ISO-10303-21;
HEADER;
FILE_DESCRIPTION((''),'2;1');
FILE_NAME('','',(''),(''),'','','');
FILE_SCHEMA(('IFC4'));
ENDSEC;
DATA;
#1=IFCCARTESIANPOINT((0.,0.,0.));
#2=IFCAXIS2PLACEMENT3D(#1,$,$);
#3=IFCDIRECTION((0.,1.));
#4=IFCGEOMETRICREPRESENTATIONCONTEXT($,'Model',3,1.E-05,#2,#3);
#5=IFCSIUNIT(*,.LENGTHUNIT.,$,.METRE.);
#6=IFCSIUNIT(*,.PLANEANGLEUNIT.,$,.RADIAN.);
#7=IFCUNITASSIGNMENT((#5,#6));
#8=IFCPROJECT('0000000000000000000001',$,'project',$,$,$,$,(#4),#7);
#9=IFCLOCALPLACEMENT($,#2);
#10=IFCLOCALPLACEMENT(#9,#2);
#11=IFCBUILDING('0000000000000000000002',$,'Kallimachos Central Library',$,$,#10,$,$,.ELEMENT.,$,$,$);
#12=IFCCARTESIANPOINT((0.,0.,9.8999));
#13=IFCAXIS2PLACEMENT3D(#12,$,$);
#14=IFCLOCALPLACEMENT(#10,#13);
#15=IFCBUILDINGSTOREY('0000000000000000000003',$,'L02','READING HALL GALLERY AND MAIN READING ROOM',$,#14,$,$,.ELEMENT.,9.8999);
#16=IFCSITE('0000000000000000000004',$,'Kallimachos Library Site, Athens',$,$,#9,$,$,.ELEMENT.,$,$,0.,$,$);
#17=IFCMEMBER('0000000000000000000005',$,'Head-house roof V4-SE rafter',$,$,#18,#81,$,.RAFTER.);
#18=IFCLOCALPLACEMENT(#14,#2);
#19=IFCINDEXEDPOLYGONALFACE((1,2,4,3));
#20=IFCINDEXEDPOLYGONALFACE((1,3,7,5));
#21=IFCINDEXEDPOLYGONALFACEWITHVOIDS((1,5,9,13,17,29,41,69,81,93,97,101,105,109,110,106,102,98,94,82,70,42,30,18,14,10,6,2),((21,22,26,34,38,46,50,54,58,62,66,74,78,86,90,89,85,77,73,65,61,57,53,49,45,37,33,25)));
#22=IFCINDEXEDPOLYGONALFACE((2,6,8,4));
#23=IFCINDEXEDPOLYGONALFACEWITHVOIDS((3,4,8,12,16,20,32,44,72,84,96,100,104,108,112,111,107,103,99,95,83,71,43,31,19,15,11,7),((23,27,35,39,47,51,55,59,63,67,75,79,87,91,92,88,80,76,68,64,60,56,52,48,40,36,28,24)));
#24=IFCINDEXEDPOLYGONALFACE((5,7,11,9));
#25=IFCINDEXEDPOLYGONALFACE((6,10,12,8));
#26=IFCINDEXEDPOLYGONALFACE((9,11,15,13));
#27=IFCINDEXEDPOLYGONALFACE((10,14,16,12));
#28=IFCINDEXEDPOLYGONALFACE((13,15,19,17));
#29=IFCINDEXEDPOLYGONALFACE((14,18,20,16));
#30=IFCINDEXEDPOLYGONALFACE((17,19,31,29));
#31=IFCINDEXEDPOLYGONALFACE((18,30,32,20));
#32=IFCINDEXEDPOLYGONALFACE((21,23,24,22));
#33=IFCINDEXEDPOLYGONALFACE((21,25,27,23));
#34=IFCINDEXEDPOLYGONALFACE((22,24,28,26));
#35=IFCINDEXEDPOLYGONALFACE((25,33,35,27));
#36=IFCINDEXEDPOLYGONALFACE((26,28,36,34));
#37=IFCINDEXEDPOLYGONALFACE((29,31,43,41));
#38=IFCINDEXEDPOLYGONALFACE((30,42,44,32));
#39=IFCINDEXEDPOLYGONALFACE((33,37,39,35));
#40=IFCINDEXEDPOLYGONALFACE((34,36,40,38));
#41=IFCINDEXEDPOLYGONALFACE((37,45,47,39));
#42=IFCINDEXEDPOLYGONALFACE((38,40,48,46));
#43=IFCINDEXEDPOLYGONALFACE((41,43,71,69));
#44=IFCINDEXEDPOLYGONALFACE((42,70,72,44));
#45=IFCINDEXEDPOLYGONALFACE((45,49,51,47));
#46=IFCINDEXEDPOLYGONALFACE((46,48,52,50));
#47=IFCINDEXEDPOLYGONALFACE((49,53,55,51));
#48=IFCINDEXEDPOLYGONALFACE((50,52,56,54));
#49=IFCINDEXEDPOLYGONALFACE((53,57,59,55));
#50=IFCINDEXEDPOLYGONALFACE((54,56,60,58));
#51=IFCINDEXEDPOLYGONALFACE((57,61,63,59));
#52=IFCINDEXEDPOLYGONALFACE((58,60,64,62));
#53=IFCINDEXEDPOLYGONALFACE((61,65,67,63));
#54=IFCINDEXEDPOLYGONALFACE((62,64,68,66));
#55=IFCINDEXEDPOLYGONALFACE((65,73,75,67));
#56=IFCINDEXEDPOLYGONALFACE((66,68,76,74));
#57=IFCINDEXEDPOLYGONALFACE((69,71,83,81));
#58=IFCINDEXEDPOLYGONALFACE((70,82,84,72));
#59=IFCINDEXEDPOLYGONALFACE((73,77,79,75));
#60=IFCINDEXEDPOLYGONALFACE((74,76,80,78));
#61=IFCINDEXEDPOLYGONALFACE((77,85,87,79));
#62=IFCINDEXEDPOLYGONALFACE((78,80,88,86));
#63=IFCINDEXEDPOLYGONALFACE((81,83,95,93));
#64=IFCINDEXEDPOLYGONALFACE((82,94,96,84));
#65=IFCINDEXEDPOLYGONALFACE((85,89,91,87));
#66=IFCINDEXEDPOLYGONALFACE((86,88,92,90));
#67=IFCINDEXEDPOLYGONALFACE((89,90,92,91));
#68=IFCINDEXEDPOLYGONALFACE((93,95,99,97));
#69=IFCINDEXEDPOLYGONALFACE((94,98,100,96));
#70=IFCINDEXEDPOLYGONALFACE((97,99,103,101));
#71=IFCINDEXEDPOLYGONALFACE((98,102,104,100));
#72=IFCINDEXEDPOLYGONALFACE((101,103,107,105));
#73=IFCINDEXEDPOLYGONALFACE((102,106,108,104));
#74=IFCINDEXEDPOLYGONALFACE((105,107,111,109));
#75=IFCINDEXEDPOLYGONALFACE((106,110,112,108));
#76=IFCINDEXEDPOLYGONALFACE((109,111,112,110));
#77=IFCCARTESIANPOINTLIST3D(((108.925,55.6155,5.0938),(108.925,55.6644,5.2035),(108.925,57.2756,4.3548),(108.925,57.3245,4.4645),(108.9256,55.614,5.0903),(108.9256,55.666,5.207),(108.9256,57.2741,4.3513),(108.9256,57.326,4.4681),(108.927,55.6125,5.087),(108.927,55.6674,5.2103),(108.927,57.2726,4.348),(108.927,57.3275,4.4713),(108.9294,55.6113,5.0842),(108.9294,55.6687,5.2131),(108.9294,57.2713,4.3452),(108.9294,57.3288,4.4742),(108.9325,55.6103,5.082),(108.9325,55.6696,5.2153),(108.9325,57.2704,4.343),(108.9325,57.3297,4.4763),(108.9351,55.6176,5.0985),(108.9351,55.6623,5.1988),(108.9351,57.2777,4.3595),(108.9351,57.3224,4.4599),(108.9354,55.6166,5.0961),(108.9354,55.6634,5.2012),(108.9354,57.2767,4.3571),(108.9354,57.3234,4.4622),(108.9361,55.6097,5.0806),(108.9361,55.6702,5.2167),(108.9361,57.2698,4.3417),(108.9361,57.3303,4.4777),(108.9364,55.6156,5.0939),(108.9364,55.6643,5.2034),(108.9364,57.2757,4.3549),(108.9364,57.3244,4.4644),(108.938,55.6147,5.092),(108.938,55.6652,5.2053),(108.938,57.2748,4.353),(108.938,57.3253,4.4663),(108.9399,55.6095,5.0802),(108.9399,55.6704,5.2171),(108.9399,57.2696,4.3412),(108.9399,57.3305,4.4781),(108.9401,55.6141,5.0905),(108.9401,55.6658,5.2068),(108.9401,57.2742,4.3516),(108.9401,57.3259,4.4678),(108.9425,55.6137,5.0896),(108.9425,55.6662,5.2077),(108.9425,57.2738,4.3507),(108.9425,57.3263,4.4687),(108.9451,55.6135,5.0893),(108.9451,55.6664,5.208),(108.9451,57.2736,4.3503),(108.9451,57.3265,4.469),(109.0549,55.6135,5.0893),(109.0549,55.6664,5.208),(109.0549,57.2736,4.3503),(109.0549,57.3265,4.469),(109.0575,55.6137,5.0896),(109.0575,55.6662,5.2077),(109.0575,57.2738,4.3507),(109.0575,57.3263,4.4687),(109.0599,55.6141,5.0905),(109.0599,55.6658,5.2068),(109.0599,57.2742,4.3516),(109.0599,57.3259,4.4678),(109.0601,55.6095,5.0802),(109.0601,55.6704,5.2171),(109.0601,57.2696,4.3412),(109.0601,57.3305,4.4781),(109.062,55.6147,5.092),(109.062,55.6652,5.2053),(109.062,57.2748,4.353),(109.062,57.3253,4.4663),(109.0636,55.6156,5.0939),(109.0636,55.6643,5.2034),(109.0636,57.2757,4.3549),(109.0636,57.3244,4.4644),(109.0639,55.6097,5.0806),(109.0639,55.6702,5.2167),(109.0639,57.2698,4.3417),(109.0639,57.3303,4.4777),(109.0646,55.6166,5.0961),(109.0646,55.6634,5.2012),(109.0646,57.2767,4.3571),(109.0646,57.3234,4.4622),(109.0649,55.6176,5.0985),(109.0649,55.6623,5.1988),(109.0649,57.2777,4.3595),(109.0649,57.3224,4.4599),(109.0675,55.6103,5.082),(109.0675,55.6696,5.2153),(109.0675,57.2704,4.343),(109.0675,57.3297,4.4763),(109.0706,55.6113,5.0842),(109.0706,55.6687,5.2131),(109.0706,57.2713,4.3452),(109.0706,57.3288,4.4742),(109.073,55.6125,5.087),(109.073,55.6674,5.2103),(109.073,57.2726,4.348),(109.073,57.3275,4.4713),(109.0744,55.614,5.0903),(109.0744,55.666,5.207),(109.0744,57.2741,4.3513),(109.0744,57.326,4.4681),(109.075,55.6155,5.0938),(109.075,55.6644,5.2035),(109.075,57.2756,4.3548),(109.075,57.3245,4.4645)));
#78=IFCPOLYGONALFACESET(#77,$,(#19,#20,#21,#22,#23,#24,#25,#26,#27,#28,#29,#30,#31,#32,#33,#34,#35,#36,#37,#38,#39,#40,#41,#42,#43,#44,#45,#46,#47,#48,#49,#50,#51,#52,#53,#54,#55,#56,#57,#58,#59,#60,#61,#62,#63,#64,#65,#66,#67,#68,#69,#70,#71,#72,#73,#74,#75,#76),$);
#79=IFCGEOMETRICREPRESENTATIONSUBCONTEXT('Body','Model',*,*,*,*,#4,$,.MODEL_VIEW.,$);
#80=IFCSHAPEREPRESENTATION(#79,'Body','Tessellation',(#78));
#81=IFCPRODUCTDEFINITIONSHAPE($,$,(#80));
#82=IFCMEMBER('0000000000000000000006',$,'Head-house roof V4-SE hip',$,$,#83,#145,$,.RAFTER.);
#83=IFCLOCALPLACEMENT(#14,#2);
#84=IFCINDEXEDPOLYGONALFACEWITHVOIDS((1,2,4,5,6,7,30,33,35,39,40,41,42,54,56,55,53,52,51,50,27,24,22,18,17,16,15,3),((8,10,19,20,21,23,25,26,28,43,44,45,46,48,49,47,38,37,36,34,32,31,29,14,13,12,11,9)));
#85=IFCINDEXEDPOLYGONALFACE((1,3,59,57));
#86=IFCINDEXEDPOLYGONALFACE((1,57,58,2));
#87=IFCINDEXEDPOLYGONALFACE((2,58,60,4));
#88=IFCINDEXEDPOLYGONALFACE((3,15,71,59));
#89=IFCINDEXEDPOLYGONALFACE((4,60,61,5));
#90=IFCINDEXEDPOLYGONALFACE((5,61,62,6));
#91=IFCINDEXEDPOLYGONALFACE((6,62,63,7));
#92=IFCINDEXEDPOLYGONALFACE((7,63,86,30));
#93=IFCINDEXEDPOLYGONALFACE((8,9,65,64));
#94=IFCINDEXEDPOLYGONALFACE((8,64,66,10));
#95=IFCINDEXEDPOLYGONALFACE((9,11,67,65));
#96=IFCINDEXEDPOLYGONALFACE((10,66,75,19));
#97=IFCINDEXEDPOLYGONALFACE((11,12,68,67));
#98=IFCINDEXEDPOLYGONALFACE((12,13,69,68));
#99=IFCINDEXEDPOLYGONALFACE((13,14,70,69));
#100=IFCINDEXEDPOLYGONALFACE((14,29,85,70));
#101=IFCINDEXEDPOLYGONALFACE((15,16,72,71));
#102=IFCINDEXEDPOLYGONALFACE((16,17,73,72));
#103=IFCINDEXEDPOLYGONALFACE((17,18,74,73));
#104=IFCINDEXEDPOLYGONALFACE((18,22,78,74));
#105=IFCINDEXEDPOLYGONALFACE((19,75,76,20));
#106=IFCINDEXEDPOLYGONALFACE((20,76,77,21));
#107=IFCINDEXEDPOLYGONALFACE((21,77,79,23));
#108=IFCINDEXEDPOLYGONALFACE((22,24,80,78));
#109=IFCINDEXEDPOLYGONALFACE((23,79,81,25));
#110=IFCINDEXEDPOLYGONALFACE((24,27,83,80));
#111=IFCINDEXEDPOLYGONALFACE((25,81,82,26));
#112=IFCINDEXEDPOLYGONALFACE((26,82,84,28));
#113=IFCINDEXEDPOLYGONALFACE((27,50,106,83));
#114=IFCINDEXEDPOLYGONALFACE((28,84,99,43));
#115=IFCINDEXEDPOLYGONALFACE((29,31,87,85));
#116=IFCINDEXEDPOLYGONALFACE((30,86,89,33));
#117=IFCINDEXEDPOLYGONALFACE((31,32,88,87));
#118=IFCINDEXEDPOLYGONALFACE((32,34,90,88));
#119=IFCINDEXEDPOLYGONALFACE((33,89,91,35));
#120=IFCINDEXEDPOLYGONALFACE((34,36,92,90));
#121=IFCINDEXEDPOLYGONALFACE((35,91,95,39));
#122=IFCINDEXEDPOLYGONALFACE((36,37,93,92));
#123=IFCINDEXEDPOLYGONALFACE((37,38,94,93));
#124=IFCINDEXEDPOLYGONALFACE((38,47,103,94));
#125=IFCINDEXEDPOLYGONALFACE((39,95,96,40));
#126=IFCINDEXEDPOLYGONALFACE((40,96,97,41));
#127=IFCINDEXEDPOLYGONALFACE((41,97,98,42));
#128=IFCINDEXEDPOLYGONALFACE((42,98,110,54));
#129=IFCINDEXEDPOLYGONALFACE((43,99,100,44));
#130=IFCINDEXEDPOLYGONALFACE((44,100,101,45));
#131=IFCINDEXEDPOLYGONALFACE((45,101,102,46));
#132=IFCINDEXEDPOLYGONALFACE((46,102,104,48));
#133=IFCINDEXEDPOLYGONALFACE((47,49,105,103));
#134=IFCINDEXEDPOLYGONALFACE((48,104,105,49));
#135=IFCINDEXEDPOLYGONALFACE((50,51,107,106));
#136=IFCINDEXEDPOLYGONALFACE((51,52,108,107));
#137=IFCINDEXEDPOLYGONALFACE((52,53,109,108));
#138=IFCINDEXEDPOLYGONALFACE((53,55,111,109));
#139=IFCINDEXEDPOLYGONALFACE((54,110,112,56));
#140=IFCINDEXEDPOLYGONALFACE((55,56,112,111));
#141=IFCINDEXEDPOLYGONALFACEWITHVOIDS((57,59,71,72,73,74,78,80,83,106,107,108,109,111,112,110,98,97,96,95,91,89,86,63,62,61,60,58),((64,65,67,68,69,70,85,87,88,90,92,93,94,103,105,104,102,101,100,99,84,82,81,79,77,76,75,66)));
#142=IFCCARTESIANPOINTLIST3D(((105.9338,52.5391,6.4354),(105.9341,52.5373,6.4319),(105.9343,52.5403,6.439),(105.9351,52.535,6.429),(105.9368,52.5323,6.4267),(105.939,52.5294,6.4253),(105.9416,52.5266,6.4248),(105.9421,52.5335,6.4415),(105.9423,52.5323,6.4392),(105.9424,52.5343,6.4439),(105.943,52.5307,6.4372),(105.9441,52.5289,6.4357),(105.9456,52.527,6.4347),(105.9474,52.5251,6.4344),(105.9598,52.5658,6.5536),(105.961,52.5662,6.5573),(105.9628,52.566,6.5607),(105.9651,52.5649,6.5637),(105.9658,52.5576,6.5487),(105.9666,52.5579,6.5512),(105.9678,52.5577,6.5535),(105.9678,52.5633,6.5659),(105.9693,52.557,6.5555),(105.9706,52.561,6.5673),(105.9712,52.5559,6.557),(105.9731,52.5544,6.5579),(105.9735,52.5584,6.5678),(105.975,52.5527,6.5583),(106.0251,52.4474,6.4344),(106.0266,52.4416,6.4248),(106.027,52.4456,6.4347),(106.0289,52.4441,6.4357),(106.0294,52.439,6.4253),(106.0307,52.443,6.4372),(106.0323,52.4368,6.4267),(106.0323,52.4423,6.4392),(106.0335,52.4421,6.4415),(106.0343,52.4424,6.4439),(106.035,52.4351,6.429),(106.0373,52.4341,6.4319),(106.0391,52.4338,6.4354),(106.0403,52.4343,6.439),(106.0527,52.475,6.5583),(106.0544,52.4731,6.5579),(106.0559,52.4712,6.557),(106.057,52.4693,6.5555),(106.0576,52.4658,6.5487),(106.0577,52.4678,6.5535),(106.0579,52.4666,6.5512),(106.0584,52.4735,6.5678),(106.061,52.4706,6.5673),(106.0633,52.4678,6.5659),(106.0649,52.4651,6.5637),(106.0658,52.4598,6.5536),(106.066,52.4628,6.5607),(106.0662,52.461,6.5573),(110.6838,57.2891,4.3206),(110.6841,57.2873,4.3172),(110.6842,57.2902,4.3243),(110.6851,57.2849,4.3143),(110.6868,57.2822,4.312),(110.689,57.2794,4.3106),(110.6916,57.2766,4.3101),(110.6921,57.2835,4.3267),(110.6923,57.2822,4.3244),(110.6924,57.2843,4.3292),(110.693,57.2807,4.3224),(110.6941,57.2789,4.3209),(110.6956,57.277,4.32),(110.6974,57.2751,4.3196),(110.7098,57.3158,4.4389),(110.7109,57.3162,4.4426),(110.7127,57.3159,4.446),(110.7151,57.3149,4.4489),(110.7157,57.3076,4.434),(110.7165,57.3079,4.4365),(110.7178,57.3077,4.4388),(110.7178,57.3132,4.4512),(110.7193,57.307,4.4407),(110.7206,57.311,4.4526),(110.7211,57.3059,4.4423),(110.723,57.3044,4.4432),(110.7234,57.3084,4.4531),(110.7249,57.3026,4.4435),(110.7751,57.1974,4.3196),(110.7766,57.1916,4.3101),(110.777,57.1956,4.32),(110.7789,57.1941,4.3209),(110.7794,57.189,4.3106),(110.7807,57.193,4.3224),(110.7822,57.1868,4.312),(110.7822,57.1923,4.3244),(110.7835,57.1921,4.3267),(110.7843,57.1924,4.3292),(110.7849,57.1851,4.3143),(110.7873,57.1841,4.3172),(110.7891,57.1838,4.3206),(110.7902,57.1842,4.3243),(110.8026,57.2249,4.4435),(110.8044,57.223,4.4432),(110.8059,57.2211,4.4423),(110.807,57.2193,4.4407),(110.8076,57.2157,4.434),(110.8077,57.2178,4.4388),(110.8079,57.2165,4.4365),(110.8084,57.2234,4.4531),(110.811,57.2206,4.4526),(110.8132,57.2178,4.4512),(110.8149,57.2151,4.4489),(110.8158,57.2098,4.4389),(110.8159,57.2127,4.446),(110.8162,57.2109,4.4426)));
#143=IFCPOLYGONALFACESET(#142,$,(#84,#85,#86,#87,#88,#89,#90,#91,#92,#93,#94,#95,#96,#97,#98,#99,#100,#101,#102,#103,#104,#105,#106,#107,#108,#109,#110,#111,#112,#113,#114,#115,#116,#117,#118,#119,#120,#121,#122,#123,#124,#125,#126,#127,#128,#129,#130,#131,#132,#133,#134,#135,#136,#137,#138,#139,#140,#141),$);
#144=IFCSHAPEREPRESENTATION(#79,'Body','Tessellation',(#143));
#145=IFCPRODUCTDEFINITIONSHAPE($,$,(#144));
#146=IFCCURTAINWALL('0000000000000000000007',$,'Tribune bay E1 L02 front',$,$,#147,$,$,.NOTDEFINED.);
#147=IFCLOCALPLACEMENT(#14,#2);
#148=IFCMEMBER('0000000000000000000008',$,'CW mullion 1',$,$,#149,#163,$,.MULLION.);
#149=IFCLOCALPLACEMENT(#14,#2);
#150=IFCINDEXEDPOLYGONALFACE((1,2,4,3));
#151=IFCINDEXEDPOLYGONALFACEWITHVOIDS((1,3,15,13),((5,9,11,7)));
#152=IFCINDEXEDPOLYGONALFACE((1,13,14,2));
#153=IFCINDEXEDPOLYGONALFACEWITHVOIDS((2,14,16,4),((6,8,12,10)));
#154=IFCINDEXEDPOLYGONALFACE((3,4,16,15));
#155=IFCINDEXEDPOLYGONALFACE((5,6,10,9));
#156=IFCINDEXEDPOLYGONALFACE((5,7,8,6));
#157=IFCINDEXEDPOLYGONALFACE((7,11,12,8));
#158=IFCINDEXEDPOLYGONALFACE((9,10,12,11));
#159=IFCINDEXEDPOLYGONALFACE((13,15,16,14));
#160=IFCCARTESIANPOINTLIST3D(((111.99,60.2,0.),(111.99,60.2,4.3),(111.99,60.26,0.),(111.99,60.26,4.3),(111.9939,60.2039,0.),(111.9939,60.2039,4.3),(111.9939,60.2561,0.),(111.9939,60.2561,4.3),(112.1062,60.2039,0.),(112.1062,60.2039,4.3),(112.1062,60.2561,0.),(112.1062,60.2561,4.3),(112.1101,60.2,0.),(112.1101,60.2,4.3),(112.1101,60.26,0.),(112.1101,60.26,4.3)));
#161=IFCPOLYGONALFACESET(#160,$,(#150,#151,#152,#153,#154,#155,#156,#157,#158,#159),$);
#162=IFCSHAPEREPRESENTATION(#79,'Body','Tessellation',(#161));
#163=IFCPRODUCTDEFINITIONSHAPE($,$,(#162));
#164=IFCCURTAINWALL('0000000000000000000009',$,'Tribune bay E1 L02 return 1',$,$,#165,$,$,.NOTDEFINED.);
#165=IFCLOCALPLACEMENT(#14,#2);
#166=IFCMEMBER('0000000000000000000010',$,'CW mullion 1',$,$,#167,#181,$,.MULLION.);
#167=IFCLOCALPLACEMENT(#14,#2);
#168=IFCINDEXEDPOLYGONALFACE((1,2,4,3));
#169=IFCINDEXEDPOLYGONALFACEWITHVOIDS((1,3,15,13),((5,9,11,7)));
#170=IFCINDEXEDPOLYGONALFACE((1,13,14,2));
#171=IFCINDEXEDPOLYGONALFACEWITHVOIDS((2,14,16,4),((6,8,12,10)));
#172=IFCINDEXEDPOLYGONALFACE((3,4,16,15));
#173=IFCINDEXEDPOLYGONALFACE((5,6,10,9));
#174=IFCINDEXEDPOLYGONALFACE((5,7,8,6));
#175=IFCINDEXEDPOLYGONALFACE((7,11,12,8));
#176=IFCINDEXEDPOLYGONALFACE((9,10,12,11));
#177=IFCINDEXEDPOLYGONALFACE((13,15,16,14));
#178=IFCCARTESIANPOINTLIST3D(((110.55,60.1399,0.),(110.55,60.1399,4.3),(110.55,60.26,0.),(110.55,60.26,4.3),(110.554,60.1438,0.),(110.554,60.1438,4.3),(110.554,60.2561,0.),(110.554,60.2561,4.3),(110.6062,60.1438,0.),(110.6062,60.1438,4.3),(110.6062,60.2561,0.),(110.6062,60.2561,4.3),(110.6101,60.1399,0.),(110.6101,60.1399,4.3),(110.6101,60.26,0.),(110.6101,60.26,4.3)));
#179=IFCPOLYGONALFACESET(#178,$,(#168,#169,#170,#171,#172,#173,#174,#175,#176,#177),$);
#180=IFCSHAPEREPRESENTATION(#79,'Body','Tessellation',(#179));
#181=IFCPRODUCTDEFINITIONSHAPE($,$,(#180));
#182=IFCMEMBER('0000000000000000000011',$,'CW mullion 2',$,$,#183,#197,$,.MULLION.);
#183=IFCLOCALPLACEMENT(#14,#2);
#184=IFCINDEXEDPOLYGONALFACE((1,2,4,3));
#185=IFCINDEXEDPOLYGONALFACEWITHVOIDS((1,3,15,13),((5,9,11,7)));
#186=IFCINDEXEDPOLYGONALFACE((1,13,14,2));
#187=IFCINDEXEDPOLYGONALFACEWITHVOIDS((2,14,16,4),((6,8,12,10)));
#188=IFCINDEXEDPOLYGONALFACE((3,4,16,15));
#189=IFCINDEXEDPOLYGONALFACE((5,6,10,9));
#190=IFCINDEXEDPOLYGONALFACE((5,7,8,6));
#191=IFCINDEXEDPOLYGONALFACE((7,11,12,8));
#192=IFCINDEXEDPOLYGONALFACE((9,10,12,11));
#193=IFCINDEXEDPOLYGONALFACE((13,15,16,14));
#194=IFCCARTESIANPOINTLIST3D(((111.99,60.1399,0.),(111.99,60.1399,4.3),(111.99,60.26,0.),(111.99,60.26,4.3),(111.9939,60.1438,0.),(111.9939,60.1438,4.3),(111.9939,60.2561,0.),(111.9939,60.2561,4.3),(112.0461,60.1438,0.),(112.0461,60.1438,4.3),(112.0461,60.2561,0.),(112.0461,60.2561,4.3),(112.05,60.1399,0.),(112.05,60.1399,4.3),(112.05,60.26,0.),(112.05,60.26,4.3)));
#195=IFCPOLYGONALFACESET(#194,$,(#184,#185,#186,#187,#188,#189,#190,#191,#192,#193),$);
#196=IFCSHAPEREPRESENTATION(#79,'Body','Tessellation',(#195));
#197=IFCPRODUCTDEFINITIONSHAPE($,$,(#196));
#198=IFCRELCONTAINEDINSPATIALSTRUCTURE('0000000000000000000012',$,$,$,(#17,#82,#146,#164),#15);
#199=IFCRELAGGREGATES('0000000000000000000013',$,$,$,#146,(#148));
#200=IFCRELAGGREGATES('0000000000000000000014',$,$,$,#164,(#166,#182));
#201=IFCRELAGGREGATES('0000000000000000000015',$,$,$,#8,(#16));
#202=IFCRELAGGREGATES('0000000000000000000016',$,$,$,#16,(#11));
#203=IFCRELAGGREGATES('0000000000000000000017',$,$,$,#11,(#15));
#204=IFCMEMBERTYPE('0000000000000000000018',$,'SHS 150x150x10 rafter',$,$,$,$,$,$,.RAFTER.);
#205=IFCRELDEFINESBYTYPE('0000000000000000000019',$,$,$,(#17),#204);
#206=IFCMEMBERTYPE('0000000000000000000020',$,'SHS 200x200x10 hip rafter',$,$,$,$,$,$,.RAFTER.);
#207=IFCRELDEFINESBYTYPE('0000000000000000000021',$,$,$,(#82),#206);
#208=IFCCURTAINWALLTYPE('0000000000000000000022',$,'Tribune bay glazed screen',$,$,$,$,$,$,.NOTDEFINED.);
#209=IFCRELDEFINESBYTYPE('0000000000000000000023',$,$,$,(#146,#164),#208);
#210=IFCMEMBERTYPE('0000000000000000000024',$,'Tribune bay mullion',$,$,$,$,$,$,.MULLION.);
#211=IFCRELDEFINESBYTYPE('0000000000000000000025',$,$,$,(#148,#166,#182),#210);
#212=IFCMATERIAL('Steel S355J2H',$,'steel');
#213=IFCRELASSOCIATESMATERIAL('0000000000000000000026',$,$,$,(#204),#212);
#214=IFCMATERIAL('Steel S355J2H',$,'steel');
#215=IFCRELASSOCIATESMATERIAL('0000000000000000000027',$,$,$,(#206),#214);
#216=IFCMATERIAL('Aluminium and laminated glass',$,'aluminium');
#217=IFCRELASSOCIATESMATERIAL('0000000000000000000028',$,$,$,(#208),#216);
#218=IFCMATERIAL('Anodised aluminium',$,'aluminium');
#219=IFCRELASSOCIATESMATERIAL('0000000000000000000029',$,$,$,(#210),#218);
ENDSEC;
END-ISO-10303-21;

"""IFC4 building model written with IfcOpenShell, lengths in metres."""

from ifc_helpers import new_model, si_unit, direction, frame, origin, origin_2d, place, context, subcontext, project, spatial, hollow_rectangle, extrude, material, material_profile, profile_set, type_object, element, aggregate, save


model = new_model("IFC4")

# Units and contexts
model_context = context("Model", 3, precision=1e-05, world=origin(), true_north=direction((0.0, 1.0)))
body_context = subcontext(model_context, "Body", "Model", "MODEL_VIEW")
ifc_project = project(units=[si_unit("LENGTHUNIT", "METRE"), si_unit("PLANEANGLEUNIT", "RADIAN")], contexts=[model_context])

# Site, building, storey
site_placement = place(None, origin())
site = spatial("IfcSite", under=ifc_project, at=site_placement, Name="Kallimachos Library Site, Athens", CompositionType="ELEMENT", RefElevation=0.0)
building_placement = place(site_placement, origin())
building = spatial("IfcBuilding", under=site, at=building_placement, Name="Kallimachos Central Library", CompositionType="ELEMENT")
storey_placement = place(building_placement, frame((0.0, 0.0, 9.8999)))
storey = spatial("IfcBuildingStorey", under=building, at=storey_placement, Name="L02", Description="READING HALL GALLERY AND MAIN READING ROOM", CompositionType="ELEMENT", Elevation=9.8999)

# Members
ifc_material_1 = material(Name="Steel S355J2H", Category="steel")
ifc_material_profile_1 = material_profile(ifc_material_1, hollow_rectangle(XDim=0.1499, YDim=0.1499, WallThickness=0.01, InnerFilletRadius=0.01, OuterFilletRadius=0.0149, at=origin_2d()), Name="SHS 150x150x10")
ifc_profile_set_1 = profile_set([ifc_material_profile_1], Name="Steel S355J2H")
member_type_1 = type_object("IfcMemberType", Name="SHS 150x150x10 rafter", PredefinedType="RAFTER", material=ifc_profile_set_1)
member_1_placement = place(storey_placement, frame((109.0, 57.3, 4.4097), z_axis=(0.0, -0.913573, 0.406674), x_axis=(1.0, 0.0, 0.0)))
element("IfcMember", 1, at=member_1_placement, inside=storey, type_object=member_type_1, Name="Head-house roof V4-SE rafter", PredefinedType="RAFTER", context=body_context, shape_type="SweptSolid", body=[
    extrude(hollow_rectangle(XDim=0.1499, YDim=0.1499, WallThickness=0.01, InnerFilletRadius=0.01, OuterFilletRadius=0.0149, at=origin_2d()), origin(), (0.0, 0.0, 1.0), 1.8171),
])
ifc_material_2 = material(Name="Steel S355J2H", Category="steel")
ifc_material_profile_2 = material_profile(ifc_material_2, hollow_rectangle(XDim=0.1499, YDim=0.1499, WallThickness=0.01, InnerFilletRadius=0.01, OuterFilletRadius=0.0149, at=origin_2d()), Name="SHS 150x150x10")
ifc_profile_set_2 = profile_set([ifc_material_profile_2], Name="Steel S355J2H")
member_type_2 = type_object("IfcMemberType", Name="SHS 200x200x10 hip rafter", PredefinedType="RAFTER", material=ifc_profile_set_2)
member_2_placement = place(storey_placement, frame((110.75, 57.25, 4.3816), z_axis=(-0.674474, -0.674474, 0.300282), x_axis=(0.707107, -0.707107, 0.0)))
element("IfcMember", 2, at=member_2_placement, inside=storey, type_object=member_type_2, Name="Head-house roof V4-SE hip", PredefinedType="RAFTER", context=body_context, shape_type="SweptSolid", body=[
    extrude(hollow_rectangle(XDim=0.1499, YDim=0.1499, WallThickness=0.01, InnerFilletRadius=0.01, OuterFilletRadius=0.0149, at=origin_2d()), origin(), (0.0, 0.0, 1.0), 7.0425),
])

# Curtain wall, member
ifc_material_3 = material(Name="Aluminium and laminated glass", Category="aluminium")
curtain_wall_type = type_object("IfcCurtainWallType", Name="Tribune bay glazed screen", PredefinedType="NOTDEFINED", material=ifc_material_3)
curtain_wall_1_placement = place(storey_placement, origin())
curtain_wall_1 = element("IfcCurtainWall", 3, at=curtain_wall_1_placement, inside=storey, type_object=curtain_wall_type, Name="Tribune bay E1 L02 front", PredefinedType="NOTDEFINED")
ifc_material_4 = material(Name="Anodised aluminium", Category="aluminium")
ifc_material_profile_3 = material_profile(ifc_material_4, hollow_rectangle(XDim=0.0601, YDim=0.1201, WallThickness=0.0039, at=origin_2d()), Name="ALU MULLION 60x120")
ifc_profile_set_3 = profile_set([ifc_material_profile_3], Name="Anodised aluminium")
member_type_3 = type_object("IfcMemberType", Name="Tribune bay mullion", PredefinedType="MULLION", material=ifc_profile_set_3)
member_3_placement = place(storey_placement, frame((112.05, 60.23, 0.0), z_axis=(0.0, 0.0, 1.0), x_axis=(0.0, 1.0, 0.0)))
member_3 = element("IfcMember", 4, at=member_3_placement, type_object=member_type_3, Name="CW mullion 1", PredefinedType="MULLION", context=body_context, shape_type="SweptSolid", body=[
    extrude(hollow_rectangle(XDim=0.0601, YDim=0.1201, WallThickness=0.0039, at=origin_2d()), origin(), (0.0, 0.0, 1.0), 4.3),
])

# Curtain wall, members
curtain_wall_2_placement = place(storey_placement, origin())
curtain_wall_2 = element("IfcCurtainWall", 5, at=curtain_wall_2_placement, inside=storey, type_object=curtain_wall_type, Name="Tribune bay E1 L02 return 1", PredefinedType="NOTDEFINED")
member_4_placement = place(storey_placement, frame((110.5801, 60.2, 0.0), z_axis=(0.0, 0.0, 1.0), x_axis=(1.0, 0.0, 0.0)))
member_4 = element("IfcMember", 6, at=member_4_placement, type_object=member_type_3, Name="CW mullion 1", PredefinedType="MULLION", context=body_context, shape_type="SweptSolid", body=[
    extrude(hollow_rectangle(XDim=0.0601, YDim=0.1201, WallThickness=0.0039, at=origin_2d()), origin(), (0.0, 0.0, 1.0), 4.3),
])
member_5_placement = place(storey_placement, frame((112.02, 60.2, 0.0), z_axis=(0.0, 0.0, 1.0), x_axis=(1.0, 0.0, 0.0)))
member_5 = element("IfcMember", 7, at=member_5_placement, type_object=member_type_3, Name="CW mullion 2", PredefinedType="MULLION", context=body_context, shape_type="SweptSolid", body=[
    extrude(hollow_rectangle(XDim=0.0601, YDim=0.1201, WallThickness=0.0039, at=origin_2d()), origin(), (0.0, 0.0, 1.0), 4.3),
])

aggregate(curtain_wall_1, [member_3])

aggregate(curtain_wall_2, [member_4, member_5])

save(model, "model.ifc")
